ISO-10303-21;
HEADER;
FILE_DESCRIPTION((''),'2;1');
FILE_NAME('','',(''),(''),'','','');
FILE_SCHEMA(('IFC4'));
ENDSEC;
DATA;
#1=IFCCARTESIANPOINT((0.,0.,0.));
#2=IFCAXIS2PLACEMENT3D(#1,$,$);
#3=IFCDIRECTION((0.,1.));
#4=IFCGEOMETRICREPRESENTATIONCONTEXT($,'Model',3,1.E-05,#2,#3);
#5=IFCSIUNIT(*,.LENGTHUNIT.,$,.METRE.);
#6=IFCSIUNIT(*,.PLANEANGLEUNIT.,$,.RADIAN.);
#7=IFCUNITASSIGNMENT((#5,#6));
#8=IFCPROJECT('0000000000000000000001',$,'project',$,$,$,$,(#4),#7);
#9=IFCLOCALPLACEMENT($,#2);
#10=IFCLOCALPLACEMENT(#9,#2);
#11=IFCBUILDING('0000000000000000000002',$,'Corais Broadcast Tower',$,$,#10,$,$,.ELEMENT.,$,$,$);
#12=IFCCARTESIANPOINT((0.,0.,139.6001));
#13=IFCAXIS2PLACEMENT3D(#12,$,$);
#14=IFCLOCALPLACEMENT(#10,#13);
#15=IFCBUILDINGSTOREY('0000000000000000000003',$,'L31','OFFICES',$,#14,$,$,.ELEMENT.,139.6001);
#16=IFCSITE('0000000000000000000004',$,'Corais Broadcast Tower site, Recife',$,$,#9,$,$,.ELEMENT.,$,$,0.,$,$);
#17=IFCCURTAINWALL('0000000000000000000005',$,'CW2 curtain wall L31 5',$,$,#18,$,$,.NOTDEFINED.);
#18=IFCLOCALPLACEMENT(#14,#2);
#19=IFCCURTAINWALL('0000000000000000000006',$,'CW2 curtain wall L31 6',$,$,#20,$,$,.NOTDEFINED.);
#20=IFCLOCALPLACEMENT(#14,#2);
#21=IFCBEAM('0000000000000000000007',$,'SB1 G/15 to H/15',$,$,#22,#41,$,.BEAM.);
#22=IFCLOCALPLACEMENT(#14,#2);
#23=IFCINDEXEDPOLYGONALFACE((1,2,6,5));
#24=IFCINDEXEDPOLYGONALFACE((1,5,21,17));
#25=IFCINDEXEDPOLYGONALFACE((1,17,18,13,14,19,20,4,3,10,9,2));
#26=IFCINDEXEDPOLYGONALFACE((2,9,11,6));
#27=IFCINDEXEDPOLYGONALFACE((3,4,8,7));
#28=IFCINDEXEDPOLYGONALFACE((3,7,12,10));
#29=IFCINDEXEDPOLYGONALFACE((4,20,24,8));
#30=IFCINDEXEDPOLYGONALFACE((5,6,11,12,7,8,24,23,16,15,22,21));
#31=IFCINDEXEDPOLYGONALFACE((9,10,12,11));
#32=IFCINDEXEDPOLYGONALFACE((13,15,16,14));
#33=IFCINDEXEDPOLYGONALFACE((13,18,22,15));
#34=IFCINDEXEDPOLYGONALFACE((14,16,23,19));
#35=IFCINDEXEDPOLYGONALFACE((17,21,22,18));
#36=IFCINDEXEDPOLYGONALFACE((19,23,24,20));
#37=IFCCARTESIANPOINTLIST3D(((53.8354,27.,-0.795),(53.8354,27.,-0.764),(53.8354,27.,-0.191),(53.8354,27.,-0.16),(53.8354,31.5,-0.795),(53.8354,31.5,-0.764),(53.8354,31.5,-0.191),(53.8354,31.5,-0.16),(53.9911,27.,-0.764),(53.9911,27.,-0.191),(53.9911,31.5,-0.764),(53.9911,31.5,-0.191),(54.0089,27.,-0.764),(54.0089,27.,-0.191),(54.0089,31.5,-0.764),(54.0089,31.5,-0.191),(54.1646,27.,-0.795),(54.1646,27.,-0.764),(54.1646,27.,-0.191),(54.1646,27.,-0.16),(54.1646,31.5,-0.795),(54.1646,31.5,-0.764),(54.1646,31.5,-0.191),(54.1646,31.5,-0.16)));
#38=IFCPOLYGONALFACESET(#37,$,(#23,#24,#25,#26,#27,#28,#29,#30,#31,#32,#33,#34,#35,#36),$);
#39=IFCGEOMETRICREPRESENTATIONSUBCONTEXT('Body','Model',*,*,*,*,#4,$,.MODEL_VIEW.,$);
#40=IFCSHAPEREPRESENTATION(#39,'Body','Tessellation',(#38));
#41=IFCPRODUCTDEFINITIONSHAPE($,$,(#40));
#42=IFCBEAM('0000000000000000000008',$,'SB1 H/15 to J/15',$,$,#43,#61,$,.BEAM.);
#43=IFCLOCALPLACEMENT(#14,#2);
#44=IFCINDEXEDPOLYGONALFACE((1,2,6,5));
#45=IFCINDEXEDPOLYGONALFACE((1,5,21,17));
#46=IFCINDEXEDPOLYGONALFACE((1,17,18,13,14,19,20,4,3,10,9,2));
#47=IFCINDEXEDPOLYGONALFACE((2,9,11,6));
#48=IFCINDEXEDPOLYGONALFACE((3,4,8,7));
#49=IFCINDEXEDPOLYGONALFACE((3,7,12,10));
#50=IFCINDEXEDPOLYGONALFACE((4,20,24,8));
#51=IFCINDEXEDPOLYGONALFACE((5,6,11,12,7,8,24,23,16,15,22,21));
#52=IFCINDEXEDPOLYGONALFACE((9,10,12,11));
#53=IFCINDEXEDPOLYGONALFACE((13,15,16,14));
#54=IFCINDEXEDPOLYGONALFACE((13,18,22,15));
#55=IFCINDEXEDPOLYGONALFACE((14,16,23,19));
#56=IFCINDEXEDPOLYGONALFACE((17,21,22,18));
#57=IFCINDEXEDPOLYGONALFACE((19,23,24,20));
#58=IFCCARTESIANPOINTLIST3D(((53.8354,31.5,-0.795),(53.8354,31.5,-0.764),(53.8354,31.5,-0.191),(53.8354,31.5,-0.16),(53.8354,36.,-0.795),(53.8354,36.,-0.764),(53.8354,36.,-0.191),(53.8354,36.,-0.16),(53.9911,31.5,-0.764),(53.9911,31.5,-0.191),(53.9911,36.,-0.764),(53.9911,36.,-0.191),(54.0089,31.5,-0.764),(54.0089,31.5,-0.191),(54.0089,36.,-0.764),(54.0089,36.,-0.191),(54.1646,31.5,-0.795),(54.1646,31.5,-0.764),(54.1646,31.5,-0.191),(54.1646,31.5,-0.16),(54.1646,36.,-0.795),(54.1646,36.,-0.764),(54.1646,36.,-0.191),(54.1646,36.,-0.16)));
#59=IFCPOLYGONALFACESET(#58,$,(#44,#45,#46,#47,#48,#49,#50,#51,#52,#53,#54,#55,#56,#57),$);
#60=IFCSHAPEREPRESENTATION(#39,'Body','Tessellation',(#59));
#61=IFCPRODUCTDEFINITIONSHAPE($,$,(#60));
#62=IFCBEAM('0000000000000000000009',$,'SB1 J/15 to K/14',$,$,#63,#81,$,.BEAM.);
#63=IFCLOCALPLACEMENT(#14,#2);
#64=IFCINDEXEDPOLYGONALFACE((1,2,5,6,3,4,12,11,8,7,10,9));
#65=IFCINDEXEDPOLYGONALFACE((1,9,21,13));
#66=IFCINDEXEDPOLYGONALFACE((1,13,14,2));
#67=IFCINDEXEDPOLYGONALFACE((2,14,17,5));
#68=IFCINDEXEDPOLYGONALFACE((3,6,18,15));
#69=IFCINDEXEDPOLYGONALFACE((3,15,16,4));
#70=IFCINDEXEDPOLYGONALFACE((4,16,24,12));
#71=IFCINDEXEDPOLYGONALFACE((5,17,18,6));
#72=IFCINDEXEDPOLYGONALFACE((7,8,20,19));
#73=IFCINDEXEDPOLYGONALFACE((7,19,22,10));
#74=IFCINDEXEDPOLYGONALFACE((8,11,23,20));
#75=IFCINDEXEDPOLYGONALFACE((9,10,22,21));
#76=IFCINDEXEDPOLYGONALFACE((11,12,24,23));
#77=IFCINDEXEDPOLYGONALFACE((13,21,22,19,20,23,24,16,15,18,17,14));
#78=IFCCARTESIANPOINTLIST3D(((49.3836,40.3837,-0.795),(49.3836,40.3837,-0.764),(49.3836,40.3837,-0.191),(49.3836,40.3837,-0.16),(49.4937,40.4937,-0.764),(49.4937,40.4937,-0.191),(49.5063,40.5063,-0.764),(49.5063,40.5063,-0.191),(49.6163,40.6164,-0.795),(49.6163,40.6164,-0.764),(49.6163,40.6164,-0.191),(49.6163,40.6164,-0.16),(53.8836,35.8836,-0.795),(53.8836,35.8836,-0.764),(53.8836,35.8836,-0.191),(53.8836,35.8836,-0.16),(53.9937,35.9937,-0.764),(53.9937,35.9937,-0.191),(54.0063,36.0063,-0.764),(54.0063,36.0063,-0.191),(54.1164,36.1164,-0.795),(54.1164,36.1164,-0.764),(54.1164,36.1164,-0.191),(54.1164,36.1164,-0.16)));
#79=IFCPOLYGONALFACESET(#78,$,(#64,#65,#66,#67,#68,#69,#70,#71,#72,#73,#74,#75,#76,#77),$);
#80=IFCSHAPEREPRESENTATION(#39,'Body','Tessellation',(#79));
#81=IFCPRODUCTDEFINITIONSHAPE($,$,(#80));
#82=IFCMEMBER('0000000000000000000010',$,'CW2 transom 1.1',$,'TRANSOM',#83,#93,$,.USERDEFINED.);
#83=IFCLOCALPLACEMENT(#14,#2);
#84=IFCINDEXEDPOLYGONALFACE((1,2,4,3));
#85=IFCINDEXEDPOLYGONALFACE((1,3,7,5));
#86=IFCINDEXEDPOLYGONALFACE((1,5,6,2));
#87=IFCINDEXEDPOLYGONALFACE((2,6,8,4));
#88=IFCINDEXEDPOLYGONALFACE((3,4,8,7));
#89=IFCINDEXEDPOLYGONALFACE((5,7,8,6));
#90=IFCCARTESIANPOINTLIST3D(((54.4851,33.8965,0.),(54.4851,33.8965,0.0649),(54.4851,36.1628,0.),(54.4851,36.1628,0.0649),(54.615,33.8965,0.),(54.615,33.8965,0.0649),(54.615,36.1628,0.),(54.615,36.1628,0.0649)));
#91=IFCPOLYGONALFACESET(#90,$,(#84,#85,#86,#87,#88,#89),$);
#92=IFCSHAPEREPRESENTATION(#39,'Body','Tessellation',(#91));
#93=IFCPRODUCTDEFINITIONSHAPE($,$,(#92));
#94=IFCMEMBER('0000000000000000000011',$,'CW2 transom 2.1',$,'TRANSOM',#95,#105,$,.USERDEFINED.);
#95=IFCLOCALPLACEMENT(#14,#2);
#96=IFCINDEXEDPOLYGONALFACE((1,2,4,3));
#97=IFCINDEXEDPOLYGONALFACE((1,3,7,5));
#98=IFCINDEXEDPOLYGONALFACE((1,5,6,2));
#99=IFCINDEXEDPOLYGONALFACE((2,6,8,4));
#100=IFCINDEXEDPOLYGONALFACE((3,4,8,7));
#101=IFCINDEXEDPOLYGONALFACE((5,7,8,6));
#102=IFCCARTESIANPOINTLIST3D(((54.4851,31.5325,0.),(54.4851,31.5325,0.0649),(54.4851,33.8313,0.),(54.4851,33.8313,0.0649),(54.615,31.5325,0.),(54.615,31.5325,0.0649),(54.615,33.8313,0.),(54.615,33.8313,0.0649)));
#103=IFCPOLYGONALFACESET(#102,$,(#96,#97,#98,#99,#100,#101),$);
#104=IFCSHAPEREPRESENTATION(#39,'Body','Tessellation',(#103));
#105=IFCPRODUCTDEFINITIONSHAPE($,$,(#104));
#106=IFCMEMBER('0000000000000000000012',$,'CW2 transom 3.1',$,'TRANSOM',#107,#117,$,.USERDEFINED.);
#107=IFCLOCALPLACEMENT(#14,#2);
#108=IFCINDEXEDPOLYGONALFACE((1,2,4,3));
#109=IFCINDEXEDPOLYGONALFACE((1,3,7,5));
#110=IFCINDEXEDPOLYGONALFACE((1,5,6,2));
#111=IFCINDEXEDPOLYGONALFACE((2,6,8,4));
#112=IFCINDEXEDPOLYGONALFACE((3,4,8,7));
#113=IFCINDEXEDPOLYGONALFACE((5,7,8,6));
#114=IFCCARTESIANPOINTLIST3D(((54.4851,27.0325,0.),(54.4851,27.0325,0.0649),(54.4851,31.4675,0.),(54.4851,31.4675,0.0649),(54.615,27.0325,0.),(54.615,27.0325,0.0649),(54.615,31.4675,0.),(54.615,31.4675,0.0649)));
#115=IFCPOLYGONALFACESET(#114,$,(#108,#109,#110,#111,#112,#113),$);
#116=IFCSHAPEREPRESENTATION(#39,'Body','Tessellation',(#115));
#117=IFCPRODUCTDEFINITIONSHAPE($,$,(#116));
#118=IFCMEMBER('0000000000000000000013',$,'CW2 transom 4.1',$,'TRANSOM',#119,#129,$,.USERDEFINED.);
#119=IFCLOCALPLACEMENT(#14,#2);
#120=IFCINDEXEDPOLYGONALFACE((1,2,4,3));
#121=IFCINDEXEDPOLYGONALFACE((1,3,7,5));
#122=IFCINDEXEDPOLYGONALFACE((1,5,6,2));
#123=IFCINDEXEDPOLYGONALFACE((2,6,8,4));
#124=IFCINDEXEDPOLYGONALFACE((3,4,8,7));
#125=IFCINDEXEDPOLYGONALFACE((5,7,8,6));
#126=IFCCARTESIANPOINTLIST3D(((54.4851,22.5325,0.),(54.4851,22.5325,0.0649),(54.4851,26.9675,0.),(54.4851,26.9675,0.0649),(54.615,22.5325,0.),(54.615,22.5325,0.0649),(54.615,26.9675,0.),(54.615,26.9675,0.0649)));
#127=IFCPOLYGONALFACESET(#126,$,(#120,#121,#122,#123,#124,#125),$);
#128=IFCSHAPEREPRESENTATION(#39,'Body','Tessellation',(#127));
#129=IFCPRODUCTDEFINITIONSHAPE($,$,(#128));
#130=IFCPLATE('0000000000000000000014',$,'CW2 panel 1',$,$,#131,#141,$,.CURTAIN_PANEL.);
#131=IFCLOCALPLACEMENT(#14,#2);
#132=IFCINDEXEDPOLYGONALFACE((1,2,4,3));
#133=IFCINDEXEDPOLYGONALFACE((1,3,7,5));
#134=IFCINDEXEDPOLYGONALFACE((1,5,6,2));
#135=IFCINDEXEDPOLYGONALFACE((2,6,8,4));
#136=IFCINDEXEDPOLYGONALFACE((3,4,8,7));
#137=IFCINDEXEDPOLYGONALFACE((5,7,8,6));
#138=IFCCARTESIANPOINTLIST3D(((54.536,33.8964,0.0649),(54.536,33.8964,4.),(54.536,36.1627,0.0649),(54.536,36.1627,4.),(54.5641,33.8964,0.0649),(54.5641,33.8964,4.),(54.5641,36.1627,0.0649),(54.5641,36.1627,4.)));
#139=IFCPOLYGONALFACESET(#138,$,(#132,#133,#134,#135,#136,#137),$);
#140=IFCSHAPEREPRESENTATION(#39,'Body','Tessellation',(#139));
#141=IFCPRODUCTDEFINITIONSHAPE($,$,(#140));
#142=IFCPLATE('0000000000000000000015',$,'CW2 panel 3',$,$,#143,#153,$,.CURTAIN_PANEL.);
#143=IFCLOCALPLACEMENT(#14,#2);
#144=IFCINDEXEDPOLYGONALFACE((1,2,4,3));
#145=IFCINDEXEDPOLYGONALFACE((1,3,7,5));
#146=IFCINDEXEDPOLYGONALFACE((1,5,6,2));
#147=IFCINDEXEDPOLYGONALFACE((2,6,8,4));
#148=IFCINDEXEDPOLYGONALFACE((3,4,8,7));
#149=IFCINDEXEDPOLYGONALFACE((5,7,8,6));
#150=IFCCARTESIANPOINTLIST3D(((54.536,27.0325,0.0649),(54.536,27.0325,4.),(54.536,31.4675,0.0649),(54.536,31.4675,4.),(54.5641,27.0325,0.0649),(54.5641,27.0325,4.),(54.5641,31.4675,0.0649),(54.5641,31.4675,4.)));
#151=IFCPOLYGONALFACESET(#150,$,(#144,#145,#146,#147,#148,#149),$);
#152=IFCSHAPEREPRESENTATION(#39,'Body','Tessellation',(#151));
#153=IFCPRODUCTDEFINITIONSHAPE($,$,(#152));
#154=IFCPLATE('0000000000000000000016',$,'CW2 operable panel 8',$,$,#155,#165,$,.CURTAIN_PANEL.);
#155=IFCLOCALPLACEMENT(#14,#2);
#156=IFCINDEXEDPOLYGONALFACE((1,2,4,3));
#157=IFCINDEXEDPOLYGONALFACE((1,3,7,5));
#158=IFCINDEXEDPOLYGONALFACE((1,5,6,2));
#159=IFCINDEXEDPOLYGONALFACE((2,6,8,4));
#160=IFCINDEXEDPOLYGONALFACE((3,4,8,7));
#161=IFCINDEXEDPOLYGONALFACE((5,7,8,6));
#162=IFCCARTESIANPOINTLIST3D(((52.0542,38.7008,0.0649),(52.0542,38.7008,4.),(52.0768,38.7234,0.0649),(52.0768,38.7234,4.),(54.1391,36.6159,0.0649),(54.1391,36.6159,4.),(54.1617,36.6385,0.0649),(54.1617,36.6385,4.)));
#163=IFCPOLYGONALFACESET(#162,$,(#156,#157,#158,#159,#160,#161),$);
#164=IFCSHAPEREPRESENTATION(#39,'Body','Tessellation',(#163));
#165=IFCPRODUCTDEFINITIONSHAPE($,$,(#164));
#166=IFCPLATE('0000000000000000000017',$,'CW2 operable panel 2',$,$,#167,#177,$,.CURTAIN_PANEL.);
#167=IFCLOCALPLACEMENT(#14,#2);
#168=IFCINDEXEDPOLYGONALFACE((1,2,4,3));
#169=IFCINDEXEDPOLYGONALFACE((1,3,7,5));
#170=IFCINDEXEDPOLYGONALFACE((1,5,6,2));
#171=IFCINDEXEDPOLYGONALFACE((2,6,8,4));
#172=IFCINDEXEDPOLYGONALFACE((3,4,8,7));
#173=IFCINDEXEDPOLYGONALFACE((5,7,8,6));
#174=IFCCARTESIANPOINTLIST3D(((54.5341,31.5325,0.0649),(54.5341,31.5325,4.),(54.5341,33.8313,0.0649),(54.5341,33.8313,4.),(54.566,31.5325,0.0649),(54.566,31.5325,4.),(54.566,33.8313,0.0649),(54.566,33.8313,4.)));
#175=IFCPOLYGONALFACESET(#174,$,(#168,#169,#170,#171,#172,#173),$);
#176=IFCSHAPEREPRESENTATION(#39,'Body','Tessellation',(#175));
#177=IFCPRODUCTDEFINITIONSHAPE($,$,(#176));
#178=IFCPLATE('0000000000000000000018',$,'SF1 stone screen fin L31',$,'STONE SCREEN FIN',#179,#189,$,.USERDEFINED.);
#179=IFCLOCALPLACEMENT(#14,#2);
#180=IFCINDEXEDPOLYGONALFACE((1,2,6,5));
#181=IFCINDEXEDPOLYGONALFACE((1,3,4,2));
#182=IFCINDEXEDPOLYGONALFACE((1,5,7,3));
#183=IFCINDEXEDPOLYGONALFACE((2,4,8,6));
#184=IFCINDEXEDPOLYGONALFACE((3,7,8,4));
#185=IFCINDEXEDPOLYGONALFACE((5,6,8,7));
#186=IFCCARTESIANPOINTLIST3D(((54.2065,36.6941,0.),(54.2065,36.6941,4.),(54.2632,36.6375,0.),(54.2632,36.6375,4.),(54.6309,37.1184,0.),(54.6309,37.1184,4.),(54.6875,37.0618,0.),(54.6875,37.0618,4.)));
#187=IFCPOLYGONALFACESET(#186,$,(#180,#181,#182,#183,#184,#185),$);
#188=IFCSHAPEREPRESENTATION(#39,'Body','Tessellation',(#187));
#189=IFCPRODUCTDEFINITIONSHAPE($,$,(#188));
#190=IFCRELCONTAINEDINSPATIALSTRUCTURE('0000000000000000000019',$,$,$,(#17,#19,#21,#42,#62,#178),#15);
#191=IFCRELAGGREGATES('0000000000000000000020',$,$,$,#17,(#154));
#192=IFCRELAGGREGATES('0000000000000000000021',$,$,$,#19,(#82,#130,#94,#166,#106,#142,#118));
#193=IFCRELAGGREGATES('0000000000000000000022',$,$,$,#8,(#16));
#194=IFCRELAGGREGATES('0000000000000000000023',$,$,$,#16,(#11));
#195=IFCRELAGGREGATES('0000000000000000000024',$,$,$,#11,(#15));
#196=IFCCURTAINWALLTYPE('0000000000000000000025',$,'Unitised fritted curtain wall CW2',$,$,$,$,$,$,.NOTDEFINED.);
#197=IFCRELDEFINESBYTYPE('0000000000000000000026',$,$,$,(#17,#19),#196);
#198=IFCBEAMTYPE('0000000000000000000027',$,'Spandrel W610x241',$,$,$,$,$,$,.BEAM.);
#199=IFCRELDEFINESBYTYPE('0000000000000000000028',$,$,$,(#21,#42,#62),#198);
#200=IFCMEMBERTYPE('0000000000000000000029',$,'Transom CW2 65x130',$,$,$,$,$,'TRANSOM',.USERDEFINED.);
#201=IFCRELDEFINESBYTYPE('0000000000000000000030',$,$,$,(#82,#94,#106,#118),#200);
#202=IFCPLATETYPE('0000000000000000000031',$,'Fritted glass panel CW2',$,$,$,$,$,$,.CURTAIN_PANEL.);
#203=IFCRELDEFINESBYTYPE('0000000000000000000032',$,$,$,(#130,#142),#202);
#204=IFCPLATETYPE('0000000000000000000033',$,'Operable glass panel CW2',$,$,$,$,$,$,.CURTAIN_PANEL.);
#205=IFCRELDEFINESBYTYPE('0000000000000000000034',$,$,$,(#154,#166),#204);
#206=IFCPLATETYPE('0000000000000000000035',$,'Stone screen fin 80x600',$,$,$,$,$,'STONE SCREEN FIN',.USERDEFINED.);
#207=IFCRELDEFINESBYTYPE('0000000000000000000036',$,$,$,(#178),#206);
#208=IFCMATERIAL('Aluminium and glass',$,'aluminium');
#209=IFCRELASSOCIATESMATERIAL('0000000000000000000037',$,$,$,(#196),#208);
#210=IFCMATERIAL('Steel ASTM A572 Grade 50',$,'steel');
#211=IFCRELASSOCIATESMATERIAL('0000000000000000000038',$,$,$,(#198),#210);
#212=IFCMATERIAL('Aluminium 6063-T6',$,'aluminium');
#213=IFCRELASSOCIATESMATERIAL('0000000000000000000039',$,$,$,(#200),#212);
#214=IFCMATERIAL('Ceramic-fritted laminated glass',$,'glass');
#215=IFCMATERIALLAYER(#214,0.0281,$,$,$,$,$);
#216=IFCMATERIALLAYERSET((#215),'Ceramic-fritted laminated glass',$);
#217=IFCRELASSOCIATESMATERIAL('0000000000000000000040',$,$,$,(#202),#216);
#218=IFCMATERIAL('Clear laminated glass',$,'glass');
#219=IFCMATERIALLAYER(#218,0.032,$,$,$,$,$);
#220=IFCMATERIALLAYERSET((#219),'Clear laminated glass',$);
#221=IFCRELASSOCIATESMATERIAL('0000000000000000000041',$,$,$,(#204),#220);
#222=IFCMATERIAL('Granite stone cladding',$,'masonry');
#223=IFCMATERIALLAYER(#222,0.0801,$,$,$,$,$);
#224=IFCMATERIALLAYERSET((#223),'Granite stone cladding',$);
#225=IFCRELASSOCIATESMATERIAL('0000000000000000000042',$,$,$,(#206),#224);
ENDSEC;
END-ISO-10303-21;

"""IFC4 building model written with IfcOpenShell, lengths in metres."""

from ifc_helpers import new_model, si_unit, direction, frame, origin, origin_2d, place, context, subcontext, project, spatial, rectangle, i_section, extrude, material, layer, layer_set, material_profile, profile_set, type_object, element, aggregate, save


model = new_model("IFC4")

# Units and contexts
model_context = context("Model", 3, precision=1e-05, world=origin(), true_north=direction((0.0, 1.0)))
body_context = subcontext(model_context, "Body", "Model", "MODEL_VIEW")
ifc_project = project(units=[si_unit("LENGTHUNIT", "METRE"), si_unit("PLANEANGLEUNIT", "RADIAN")], contexts=[model_context])

# Site, building, storey
site_placement = place(None, origin())
site = spatial("IfcSite", under=ifc_project, at=site_placement, Name="Corais Broadcast Tower site, Recife", CompositionType="ELEMENT", RefElevation=0.0)
building_placement = place(site_placement, origin())
building = spatial("IfcBuilding", under=site, at=building_placement, Name="Corais Broadcast Tower", CompositionType="ELEMENT")
storey_placement = place(building_placement, frame((0.0, 0.0, 139.6001)))
storey = spatial("IfcBuildingStorey", under=building, at=storey_placement, Name="L31", Description="OFFICES", CompositionType="ELEMENT", Elevation=139.6001)

# Curtain wall
ifc_material_1 = material(Name="Aluminium and glass", Category="aluminium")
curtain_wall_type = type_object("IfcCurtainWallType", Name="Unitised fritted curtain wall CW2", PredefinedType="NOTDEFINED", material=ifc_material_1)
curtain_wall_1_placement = place(storey_placement, origin())
curtain_wall_1 = element("IfcCurtainWall", 1, at=curtain_wall_1_placement, inside=storey, type_object=curtain_wall_type, Name="CW2 curtain wall L31 5", PredefinedType="NOTDEFINED")

# Curtain wall
curtain_wall_2_placement = place(storey_placement, origin())
curtain_wall_2 = element("IfcCurtainWall", 2, at=curtain_wall_2_placement, inside=storey, type_object=curtain_wall_type, Name="CW2 curtain wall L31 6", PredefinedType="NOTDEFINED")

# Beams
ifc_material_2 = material(Name="Steel ASTM A572 Grade 50", Category="steel")
ifc_material_profile_1 = material_profile(ifc_material_2, i_section(OverallWidth=0.3291, OverallDepth=0.635, WebThickness=0.0178, FlangeThickness=0.031, at=origin_2d()), Name="W610x241")
ifc_profile_set_1 = profile_set([ifc_material_profile_1], Name="Steel ASTM A572 Grade 50")
beam_type_1 = type_object("IfcBeamType", Name="Spandrel W610x241", PredefinedType="BEAM", material=ifc_profile_set_1)
for number, where, z_axis, x_axis, name in (
    (3, (54.0, 27.0, -0.4775), (0.0, 1.0, 0.0), (-1.0, 0.0, 0.0), "SB1 G/15 to H/15"),
    (4, (54.0, 31.5, -0.4775), (0.0, 1.0, 0.0), (-1.0, 0.0, 0.0), "SB1 H/15 to J/15"),
):
    element("IfcBeam", number, at=place(storey_placement, frame(where, z_axis=z_axis, x_axis=x_axis)), inside=storey, type_object=beam_type_1, Name=name, PredefinedType="BEAM", context=body_context, shape_type="SweptSolid", body=[
        extrude(i_section(OverallWidth=0.3291, OverallDepth=0.635, WebThickness=0.0178, FlangeThickness=0.031, at=origin_2d()), origin(), (0.0, 0.0, 1.0), 4.5),
    ])
beam_placement = place(storey_placement, frame((54.0, 36.0, -0.4775), z_axis=(-0.707107, 0.707107, 0.0), x_axis=(-0.707107, -0.707107, 0.0)))
element("IfcBeam", 5, at=beam_placement, inside=storey, type_object=beam_type_1, Name="SB1 J/15 to K/14", PredefinedType="BEAM", context=body_context, shape_type="SweptSolid", body=[
    extrude(i_section(OverallWidth=0.3291, OverallDepth=0.635, WebThickness=0.0178, FlangeThickness=0.031, at=origin_2d()), origin(), (0.0, 0.0, 1.0), 6.364),
])

# Members
ifc_material_3 = material(Name="Aluminium 6063-T6", Category="aluminium")
ifc_material_profile_2 = material_profile(ifc_material_3, rectangle(XDim=0.1299, YDim=0.0649, at=origin_2d()), Name="Transom CW2 65x130")
ifc_profile_set_2 = profile_set([ifc_material_profile_2], Name="Aluminium 6063-T6")
member_type_1 = type_object("IfcMemberType", Name="Transom CW2 65x130", ElementType="TRANSOM", PredefinedType="USERDEFINED", material=ifc_profile_set_2)
member_1_placement = place(storey_placement, frame((54.55, 36.1628, 0.0325), z_axis=(0.0, -1.0, 0.0), x_axis=(1.0, 0.0, 0.0)))
member_1 = element("IfcMember", 6, at=member_1_placement, type_object=member_type_1, Name="CW2 transom 1.1", ObjectType="TRANSOM", PredefinedType="USERDEFINED", context=body_context, shape_type="SweptSolid", body=[
    extrude(rectangle(XDim=0.1299, YDim=0.0649, at=origin_2d()), origin(), (0.0, 0.0, 1.0), 2.2664),
])
member_2_placement = place(storey_placement, frame((54.55, 33.8313, 0.0325), z_axis=(0.0, -1.0, 0.0), x_axis=(1.0, 0.0, 0.0)))
member_2 = element("IfcMember", 7, at=member_2_placement, type_object=member_type_1, Name="CW2 transom 2.1", ObjectType="TRANSOM", PredefinedType="USERDEFINED", context=body_context, shape_type="SweptSolid", body=[
    extrude(rectangle(XDim=0.1299, YDim=0.0649, at=origin_2d()), origin(), (0.0, 0.0, 1.0), 2.2988),
])
member_3_placement = place(storey_placement, frame((54.55, 31.4675, 0.0325), z_axis=(0.0, -1.0, 0.0), x_axis=(1.0, 0.0, 0.0)))
member_3 = element("IfcMember", 8, at=member_3_placement, type_object=member_type_1, Name="CW2 transom 3.1", ObjectType="TRANSOM", PredefinedType="USERDEFINED", context=body_context, shape_type="SweptSolid", body=[
    extrude(rectangle(XDim=0.1299, YDim=0.0649, at=origin_2d()), origin(), (0.0, 0.0, 1.0), 4.4351),
])
member_4_placement = place(storey_placement, frame((54.55, 26.9675, 0.0325), z_axis=(0.0, -1.0, 0.0), x_axis=(1.0, 0.0, 0.0)))
member_4 = element("IfcMember", 9, at=member_4_placement, type_object=member_type_1, Name="CW2 transom 4.1", ObjectType="TRANSOM", PredefinedType="USERDEFINED", context=body_context, shape_type="SweptSolid", body=[
    extrude(rectangle(XDim=0.1299, YDim=0.0649, at=origin_2d()), origin(), (0.0, 0.0, 1.0), 4.4351),
])

# Plates
ifc_material_4 = material(Name="Ceramic-fritted laminated glass", Category="glass")
ifc_layer_1 = layer(ifc_material_4, 0.0281)
ifc_layer_set_1 = layer_set([ifc_layer_1], Name="Ceramic-fritted laminated glass")
plate_type_1 = type_object("IfcPlateType", Name="Fritted glass panel CW2", PredefinedType="CURTAIN_PANEL", material=ifc_layer_set_1)
plate_1_placement = place(storey_placement, frame((54.55, 35.0295, 0.0649), z_axis=(0.0, 0.0, 1.0), x_axis=(0.0, -1.0, 0.0)))
plate_1 = element("IfcPlate", 10, at=plate_1_placement, type_object=plate_type_1, Name="CW2 panel 1", PredefinedType="CURTAIN_PANEL", context=body_context, shape_type="SweptSolid", body=[
    extrude(rectangle(XDim=2.2664, YDim=0.0281, at=origin_2d()), origin(), (0.0, 0.0, 1.0), 3.9351),
])
plate_2_placement = place(storey_placement, frame((54.55, 29.25, 0.0649), z_axis=(0.0, 0.0, 1.0), x_axis=(0.0, -1.0, 0.0)))
plate_2 = element("IfcPlate", 11, at=plate_2_placement, type_object=plate_type_1, Name="CW2 panel 3", PredefinedType="CURTAIN_PANEL", context=body_context, shape_type="SweptSolid", body=[
    extrude(rectangle(XDim=4.4351, YDim=0.0281, at=origin_2d()), origin(), (0.0, 0.0, 1.0), 3.9351),
])
ifc_material_5 = material(Name="Clear laminated glass", Category="glass")
ifc_layer_2 = layer(ifc_material_5, 0.032)
ifc_layer_set_2 = layer_set([ifc_layer_2], Name="Clear laminated glass")
plate_type_2 = type_object("IfcPlateType", Name="Operable glass panel CW2", PredefinedType="CURTAIN_PANEL", material=ifc_layer_set_2)
plate_3_placement = place(storey_placement, frame((53.1079, 37.6697, 0.0649), z_axis=(0.0, 0.0, 1.0), x_axis=(0.707107, -0.707107, 0.0)))
plate_3 = element("IfcPlate", 12, at=plate_3_placement, type_object=plate_type_2, Name="CW2 operable panel 8", PredefinedType="CURTAIN_PANEL", context=body_context, shape_type="SweptSolid", body=[
    extrude(rectangle(XDim=2.9485, YDim=0.032, at=origin_2d()), origin(), (0.0, 0.0, 1.0), 3.9351),
])
aggregate(curtain_wall_1, [plate_3])
plate_4_placement = place(storey_placement, frame((54.55, 32.6819, 0.0649), z_axis=(0.0, 0.0, 1.0), x_axis=(0.0, -1.0, 0.0)))
plate_4 = element("IfcPlate", 13, at=plate_4_placement, type_object=plate_type_2, Name="CW2 operable panel 2", PredefinedType="CURTAIN_PANEL", context=body_context, shape_type="SweptSolid", body=[
    extrude(rectangle(XDim=2.2988, YDim=0.032, at=origin_2d()), origin(), (0.0, 0.0, 1.0), 3.9351),
])
aggregate(curtain_wall_2, [member_1, plate_1, member_2, plate_4, member_3, plate_2, member_4])
ifc_material_6 = material(Name="Granite stone cladding", Category="masonry")
ifc_layer_3 = layer(ifc_material_6, 0.0801)
ifc_layer_set_3 = layer_set([ifc_layer_3], Name="Granite stone cladding")
plate_type_3 = type_object("IfcPlateType", Name="Stone screen fin 80x600", ElementType="STONE SCREEN FIN", PredefinedType="USERDEFINED", material=ifc_layer_set_3)
plate_5_placement = place(storey_placement, frame((54.447, 36.8779, 0.0), z_axis=(0.0, 0.0, 1.0), x_axis=(0.707107, -0.707107, 0.0)))
element("IfcPlate", 14, at=plate_5_placement, inside=storey, type_object=plate_type_3, Name="SF1 stone screen fin L31", ObjectType="STONE SCREEN FIN", PredefinedType="USERDEFINED", context=body_context, shape_type="SweptSolid", body=[
    extrude(rectangle(XDim=0.0801, YDim=0.6001, at=origin_2d()), origin(), (0.0, 0.0, 1.0), 4.0),
])

save(model, "model.ifc")
